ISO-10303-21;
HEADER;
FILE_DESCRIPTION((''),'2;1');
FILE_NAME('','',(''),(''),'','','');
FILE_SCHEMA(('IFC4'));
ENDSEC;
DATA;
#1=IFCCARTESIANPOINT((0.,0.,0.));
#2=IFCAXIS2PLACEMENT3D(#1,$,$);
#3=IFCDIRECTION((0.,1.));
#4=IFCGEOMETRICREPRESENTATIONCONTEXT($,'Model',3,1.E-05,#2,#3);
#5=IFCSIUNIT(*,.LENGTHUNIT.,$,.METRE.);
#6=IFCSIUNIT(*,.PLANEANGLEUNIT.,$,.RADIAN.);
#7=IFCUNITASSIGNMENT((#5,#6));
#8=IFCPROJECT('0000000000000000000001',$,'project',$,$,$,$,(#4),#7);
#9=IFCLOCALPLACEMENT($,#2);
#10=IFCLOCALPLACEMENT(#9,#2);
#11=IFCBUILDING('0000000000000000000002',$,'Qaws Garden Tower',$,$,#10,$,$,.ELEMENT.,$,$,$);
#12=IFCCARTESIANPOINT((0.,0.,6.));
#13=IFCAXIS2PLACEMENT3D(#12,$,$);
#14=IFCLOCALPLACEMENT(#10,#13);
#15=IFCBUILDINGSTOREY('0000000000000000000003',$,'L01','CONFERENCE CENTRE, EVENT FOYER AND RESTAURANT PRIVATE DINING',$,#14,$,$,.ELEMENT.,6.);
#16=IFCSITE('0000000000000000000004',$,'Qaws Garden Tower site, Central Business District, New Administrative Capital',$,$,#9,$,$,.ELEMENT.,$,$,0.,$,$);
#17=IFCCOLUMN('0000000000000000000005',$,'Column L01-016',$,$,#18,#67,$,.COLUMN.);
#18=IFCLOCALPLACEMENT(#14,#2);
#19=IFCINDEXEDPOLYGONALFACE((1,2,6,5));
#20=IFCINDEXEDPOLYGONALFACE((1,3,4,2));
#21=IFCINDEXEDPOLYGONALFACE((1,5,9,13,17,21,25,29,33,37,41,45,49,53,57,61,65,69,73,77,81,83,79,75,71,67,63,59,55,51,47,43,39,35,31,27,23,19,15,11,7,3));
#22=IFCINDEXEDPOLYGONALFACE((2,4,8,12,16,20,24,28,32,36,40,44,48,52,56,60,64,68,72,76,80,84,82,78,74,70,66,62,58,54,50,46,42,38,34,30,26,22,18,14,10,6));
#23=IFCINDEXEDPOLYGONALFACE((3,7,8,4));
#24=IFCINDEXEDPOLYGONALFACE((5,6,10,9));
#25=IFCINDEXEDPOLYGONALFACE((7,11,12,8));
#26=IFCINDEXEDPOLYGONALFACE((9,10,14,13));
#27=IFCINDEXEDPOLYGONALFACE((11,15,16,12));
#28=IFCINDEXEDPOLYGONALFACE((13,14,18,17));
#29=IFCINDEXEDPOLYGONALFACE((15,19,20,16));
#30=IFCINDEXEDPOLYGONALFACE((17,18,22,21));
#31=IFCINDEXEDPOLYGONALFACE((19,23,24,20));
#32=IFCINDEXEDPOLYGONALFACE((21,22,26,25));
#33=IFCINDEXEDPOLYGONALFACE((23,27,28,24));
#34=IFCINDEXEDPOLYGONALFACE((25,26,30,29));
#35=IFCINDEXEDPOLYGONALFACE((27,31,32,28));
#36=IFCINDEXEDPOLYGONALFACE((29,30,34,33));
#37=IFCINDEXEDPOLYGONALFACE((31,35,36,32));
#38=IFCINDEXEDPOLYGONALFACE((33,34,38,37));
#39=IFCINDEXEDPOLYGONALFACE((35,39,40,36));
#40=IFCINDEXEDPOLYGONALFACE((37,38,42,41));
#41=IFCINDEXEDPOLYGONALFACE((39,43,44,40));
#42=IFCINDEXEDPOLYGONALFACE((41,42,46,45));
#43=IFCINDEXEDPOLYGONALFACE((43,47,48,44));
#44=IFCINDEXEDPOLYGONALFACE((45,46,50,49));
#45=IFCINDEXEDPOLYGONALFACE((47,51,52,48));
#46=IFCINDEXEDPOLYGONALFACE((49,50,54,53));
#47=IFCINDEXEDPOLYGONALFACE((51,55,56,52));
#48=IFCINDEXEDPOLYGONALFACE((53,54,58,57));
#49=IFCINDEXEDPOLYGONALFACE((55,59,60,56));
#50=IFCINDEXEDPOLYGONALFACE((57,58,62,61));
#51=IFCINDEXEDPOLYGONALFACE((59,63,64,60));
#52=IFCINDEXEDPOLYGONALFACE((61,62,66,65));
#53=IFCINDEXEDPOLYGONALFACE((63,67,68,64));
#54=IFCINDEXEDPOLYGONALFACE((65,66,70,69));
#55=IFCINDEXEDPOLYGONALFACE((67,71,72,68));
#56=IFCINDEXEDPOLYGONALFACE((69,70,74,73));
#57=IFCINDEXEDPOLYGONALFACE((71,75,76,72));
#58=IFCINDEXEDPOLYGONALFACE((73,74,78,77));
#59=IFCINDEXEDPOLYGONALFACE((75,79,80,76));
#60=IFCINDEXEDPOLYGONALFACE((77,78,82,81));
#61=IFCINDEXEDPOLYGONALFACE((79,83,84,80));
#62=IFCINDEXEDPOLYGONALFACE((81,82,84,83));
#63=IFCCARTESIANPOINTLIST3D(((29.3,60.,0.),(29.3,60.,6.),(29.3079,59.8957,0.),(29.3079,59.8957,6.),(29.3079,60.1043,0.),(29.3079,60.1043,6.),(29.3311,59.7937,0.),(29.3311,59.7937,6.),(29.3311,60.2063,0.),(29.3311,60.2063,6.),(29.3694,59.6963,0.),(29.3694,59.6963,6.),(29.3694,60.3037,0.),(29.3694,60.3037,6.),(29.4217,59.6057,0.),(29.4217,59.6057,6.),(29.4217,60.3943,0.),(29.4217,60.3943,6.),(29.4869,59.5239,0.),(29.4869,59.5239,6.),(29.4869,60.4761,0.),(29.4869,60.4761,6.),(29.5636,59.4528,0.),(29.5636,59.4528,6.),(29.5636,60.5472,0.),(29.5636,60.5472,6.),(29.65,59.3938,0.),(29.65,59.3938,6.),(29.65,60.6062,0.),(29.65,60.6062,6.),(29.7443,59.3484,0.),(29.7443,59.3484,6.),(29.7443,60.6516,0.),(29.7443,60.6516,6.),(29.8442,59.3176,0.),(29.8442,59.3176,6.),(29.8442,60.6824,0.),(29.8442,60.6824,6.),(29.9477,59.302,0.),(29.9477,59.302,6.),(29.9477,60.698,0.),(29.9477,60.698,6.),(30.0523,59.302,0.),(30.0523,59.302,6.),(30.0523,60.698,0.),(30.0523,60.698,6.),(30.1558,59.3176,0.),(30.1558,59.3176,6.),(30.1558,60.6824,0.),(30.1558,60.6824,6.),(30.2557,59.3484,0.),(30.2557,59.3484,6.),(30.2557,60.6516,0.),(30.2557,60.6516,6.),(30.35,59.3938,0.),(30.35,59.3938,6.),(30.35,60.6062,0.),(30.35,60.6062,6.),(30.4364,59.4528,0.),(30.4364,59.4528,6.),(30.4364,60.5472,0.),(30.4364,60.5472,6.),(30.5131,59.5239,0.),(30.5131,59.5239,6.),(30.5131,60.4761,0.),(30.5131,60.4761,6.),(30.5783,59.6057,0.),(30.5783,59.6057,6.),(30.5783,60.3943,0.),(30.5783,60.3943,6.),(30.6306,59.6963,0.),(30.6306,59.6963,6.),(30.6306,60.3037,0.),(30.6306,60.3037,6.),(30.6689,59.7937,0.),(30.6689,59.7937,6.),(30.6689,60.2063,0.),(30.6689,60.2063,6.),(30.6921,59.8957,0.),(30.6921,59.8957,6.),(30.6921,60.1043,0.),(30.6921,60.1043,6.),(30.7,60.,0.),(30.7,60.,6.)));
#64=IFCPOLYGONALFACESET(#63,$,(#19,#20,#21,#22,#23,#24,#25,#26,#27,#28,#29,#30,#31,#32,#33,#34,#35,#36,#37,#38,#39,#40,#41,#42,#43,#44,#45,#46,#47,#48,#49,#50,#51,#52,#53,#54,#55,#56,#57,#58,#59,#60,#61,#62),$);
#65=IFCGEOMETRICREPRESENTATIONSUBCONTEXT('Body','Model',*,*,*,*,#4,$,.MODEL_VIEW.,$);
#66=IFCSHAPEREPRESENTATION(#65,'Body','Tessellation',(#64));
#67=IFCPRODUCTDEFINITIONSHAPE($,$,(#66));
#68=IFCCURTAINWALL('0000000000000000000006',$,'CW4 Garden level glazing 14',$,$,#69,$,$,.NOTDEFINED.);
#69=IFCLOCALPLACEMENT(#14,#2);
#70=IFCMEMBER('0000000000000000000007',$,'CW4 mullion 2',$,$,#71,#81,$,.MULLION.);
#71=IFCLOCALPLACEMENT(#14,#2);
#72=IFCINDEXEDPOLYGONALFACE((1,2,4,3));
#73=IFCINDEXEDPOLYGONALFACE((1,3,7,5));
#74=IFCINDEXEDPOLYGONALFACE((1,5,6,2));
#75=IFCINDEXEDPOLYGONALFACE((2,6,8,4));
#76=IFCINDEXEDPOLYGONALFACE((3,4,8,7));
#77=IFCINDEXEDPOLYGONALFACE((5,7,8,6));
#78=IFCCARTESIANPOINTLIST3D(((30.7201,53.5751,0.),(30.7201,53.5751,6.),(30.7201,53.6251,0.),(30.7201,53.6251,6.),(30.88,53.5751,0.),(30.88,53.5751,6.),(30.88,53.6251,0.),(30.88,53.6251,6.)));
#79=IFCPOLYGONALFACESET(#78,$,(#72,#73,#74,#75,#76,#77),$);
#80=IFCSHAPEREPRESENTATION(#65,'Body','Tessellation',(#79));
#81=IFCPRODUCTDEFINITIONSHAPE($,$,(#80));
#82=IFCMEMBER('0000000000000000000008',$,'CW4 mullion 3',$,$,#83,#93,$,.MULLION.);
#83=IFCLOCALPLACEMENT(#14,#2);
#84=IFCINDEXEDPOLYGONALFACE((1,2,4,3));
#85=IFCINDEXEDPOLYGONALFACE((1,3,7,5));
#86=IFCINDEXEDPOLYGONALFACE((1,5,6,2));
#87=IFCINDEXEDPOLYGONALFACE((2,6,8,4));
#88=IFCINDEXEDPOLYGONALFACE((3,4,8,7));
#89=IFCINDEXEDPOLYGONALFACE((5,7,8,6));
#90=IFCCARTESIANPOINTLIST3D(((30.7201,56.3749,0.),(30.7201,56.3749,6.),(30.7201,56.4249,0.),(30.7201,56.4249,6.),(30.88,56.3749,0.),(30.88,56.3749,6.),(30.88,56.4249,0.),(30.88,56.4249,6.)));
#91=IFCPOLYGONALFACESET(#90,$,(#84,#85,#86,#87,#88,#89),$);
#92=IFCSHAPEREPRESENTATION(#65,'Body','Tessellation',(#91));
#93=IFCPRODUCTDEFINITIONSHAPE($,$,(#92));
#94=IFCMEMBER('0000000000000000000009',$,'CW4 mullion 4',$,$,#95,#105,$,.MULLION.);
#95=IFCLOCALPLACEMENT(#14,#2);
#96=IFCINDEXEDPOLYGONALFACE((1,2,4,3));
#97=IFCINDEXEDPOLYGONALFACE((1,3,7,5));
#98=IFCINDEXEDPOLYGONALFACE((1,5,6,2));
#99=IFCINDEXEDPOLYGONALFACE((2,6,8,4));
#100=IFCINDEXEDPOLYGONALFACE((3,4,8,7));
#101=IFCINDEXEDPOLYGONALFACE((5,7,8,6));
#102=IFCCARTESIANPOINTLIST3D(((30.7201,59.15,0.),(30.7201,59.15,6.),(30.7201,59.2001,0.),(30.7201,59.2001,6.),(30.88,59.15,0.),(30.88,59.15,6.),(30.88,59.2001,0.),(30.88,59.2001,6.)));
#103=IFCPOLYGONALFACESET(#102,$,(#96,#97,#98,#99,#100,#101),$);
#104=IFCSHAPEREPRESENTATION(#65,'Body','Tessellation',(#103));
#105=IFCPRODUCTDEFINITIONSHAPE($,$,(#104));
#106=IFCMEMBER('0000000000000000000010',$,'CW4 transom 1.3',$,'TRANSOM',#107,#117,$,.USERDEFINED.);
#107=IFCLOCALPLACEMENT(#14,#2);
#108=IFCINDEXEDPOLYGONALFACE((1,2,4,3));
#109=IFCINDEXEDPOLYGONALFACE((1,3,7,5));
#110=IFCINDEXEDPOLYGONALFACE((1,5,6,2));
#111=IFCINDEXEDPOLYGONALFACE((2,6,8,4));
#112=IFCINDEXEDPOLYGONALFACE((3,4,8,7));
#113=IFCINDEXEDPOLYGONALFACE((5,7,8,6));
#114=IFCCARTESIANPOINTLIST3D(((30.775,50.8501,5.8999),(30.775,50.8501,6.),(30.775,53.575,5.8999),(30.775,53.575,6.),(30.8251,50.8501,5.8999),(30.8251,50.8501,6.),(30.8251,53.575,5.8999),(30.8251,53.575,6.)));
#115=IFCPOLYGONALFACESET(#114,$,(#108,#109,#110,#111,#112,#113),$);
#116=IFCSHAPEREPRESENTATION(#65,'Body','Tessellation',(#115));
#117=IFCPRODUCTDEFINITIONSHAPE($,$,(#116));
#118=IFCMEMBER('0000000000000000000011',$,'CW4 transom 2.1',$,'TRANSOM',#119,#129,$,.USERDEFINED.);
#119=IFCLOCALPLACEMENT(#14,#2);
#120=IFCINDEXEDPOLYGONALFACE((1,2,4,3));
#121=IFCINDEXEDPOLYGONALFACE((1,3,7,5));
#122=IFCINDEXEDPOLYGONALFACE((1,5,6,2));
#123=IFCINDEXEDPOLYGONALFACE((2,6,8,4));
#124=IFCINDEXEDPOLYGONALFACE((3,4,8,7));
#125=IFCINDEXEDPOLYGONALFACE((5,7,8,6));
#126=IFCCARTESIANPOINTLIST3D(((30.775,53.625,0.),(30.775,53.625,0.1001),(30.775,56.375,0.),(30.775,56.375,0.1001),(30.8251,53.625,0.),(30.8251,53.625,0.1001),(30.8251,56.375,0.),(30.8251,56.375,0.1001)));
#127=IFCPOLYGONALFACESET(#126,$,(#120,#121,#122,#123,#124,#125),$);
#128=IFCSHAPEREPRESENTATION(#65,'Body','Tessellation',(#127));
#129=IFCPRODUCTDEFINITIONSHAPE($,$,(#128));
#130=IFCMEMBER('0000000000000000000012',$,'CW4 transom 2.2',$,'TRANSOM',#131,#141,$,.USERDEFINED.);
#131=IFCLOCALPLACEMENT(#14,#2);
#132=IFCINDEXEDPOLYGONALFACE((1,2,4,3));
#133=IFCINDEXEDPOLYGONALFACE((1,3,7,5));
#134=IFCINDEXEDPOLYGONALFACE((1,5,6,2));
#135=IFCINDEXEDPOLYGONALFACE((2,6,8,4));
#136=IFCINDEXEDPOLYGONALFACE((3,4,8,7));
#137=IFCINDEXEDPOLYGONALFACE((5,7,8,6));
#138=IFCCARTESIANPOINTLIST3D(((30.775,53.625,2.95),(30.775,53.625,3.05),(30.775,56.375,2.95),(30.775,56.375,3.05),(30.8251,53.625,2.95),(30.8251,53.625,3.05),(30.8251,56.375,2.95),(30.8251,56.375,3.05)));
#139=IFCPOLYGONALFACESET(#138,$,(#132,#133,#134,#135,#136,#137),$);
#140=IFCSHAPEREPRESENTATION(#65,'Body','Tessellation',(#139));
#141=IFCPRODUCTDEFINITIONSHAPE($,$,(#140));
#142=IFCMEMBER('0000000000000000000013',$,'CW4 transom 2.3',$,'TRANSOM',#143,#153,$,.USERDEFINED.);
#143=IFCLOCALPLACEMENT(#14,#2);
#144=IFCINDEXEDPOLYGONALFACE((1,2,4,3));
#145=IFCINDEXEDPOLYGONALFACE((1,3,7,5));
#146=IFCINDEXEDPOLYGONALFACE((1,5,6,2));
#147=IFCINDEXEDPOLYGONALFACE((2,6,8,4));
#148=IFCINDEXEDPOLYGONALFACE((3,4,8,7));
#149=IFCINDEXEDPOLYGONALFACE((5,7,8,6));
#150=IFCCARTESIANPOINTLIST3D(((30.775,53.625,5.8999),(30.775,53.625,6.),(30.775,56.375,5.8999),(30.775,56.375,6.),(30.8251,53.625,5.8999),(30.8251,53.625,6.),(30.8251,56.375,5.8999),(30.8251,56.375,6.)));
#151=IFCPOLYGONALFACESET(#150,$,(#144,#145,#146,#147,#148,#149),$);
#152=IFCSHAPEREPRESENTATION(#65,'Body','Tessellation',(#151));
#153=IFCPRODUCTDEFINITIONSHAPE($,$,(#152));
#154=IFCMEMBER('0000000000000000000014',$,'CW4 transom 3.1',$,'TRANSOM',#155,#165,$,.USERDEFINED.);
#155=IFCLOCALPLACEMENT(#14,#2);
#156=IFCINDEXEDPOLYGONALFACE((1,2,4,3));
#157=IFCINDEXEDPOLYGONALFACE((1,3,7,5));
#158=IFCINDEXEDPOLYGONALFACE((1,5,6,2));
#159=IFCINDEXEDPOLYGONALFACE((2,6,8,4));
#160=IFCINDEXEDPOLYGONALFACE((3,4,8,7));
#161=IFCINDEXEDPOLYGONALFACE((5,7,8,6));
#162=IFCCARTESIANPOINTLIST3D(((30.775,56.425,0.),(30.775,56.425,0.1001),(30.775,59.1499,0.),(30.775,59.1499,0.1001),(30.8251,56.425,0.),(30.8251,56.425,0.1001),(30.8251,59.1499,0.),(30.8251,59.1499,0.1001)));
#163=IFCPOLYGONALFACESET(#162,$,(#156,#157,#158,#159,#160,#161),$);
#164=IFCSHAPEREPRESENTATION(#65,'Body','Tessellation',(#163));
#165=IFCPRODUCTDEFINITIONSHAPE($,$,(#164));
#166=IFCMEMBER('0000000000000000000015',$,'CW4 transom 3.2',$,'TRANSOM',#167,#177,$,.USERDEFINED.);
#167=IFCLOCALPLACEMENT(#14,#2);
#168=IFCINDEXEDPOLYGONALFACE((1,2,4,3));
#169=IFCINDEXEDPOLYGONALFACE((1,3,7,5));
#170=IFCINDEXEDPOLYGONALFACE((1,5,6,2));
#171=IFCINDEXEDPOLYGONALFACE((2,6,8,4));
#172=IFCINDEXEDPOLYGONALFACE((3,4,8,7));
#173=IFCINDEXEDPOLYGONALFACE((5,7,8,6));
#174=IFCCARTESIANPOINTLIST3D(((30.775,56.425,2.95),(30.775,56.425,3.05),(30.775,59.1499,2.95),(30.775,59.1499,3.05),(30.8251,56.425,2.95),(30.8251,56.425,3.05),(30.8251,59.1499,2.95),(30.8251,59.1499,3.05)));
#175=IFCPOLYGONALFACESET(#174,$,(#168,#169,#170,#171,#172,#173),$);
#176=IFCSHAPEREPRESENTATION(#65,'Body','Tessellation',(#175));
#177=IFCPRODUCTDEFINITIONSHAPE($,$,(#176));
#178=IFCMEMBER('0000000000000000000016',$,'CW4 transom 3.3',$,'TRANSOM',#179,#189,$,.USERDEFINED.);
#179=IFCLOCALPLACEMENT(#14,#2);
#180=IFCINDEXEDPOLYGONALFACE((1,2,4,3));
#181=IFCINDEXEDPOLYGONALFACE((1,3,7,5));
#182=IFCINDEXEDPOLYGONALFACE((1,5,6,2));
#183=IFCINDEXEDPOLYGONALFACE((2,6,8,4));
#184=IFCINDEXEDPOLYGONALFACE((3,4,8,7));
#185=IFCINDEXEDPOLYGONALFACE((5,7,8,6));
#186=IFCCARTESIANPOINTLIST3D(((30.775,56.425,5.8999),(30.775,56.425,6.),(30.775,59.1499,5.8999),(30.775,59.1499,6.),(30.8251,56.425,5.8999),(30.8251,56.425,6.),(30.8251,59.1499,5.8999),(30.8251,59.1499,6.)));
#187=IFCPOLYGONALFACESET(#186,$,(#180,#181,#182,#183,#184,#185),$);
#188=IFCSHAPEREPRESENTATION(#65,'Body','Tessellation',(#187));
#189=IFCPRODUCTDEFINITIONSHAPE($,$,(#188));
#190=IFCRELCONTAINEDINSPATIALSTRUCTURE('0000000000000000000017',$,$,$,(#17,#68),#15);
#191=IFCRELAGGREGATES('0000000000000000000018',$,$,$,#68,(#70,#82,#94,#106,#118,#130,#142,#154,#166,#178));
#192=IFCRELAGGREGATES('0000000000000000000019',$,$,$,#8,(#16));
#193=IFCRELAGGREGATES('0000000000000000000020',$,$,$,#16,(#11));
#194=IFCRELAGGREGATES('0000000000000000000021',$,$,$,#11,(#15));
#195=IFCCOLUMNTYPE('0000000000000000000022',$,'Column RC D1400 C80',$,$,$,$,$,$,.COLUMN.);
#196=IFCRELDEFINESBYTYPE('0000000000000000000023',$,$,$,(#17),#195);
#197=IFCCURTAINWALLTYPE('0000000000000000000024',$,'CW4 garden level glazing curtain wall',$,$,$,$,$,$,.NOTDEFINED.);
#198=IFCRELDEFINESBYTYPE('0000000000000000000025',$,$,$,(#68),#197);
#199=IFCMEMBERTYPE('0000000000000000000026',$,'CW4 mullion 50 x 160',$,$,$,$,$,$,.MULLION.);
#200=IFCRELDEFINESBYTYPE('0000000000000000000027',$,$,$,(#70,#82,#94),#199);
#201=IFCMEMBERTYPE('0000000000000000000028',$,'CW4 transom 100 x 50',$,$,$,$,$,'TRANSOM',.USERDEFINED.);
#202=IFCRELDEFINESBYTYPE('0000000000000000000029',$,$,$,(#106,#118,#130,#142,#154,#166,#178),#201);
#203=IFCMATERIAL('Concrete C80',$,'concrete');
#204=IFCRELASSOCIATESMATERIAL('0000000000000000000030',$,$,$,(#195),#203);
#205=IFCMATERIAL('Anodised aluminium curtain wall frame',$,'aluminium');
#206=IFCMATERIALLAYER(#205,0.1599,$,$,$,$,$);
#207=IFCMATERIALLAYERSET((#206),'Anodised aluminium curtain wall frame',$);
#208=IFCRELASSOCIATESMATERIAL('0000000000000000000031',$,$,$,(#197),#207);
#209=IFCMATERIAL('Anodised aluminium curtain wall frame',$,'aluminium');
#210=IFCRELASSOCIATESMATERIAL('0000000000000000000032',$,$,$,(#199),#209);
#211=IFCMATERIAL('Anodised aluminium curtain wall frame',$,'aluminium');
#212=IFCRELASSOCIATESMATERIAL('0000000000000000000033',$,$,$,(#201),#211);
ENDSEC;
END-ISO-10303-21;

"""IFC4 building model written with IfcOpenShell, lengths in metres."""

from ifc_helpers import new_model, si_unit, direction, frame, origin, origin_2d, place, context, subcontext, project, spatial, rectangle, circle, extrude, material, layer, layer_set, material_profile, profile_set, type_object, element, aggregate, save


model = new_model("IFC4")

# Units and contexts
model_context = context("Model", 3, precision=1e-05, world=origin(), true_north=direction((0.0, 1.0)))
body_context = subcontext(model_context, "Body", "Model", "MODEL_VIEW")
ifc_project = project(units=[si_unit("LENGTHUNIT", "METRE"), si_unit("PLANEANGLEUNIT", "RADIAN")], contexts=[model_context])

# Site, building, storey
site_placement = place(None, origin())
site = spatial("IfcSite", under=ifc_project, at=site_placement, Name="Qaws Garden Tower site, Central Business District, New Administrative Capital", CompositionType="ELEMENT", RefElevation=0.0)
building_placement = place(site_placement, origin())
building = spatial("IfcBuilding", under=site, at=building_placement, Name="Qaws Garden Tower", CompositionType="ELEMENT")
storey_placement = place(building_placement, frame((0.0, 0.0, 6.0)))
storey = spatial("IfcBuildingStorey", under=building, at=storey_placement, Name="L01", Description="CONFERENCE CENTRE, EVENT FOYER AND RESTAURANT PRIVATE DINING", CompositionType="ELEMENT", Elevation=6.0)

# Column
ifc_material_1 = material(Name="Concrete C80", Category="concrete")
ifc_material_profile_1 = material_profile(ifc_material_1, circle(Radius=0.7, at=origin_2d()), Name="RC D1400")
ifc_profile_set_1 = profile_set([ifc_material_profile_1], Name="Concrete C80")
column_type = type_object("IfcColumnType", Name="Column RC D1400 C80", PredefinedType="COLUMN", material=ifc_profile_set_1)
column_placement = place(storey_placement, frame((30.0, 60.0, 0.0), z_axis=(0.0, 0.0, 1.0), x_axis=(1.0, 0.0, 0.0)))
element("IfcColumn", 1, at=column_placement, inside=storey, type_object=column_type, Name="Column L01-016", PredefinedType="COLUMN", context=body_context, shape_type="SweptSolid", body=[
    extrude(circle(Radius=0.7, at=origin_2d()), origin(), (0.0, 0.0, 1.0), 6.0),
])

# Curtain wall, members
ifc_material_2 = material(Name="Anodised aluminium curtain wall frame", Category="aluminium")
ifc_layer_1 = layer(ifc_material_2, 0.1599)
ifc_layer_set_1 = layer_set([ifc_layer_1], Name="Anodised aluminium curtain wall frame")
curtain_wall_type = type_object("IfcCurtainWallType", Name="CW4 garden level glazing curtain wall", PredefinedType="NOTDEFINED", material=ifc_layer_set_1)
curtain_wall_placement = place(storey_placement, origin())
curtain_wall = element("IfcCurtainWall", 2, at=curtain_wall_placement, inside=storey, type_object=curtain_wall_type, Name="CW4 Garden level glazing 14", PredefinedType="NOTDEFINED")
ifc_material_3 = material(Name="Anodised aluminium curtain wall frame", Category="aluminium")
ifc_material_profile_2 = material_profile(ifc_material_3, rectangle(XDim=0.1599, YDim=0.05, at=origin_2d()), Name="AL 50x160")
ifc_profile_set_2 = profile_set([ifc_material_profile_2], Name="Anodised aluminium curtain wall frame")
member_type_1 = type_object("IfcMemberType", Name="CW4 mullion 50 x 160", PredefinedType="MULLION", material=ifc_profile_set_2)
member_1_placement = place(storey_placement, frame((30.8, 53.6001, 0.0), z_axis=(0.0, 0.0, 1.0), x_axis=(-1.0, 0.0, 0.0)))
member_1 = element("IfcMember", 3, at=member_1_placement, type_object=member_type_1, Name="CW4 mullion 2", PredefinedType="MULLION", context=body_context, shape_type="SweptSolid", body=[
    extrude(rectangle(XDim=0.1599, YDim=0.05, at=origin_2d()), origin(), (0.0, 0.0, 1.0), 6.0),
])
member_2_placement = place(storey_placement, frame((30.8, 56.3999, 0.0), z_axis=(0.0, 0.0, 1.0), x_axis=(-1.0, 0.0, 0.0)))
member_2 = element("IfcMember", 4, at=member_2_placement, type_object=member_type_1, Name="CW4 mullion 3", PredefinedType="MULLION", context=body_context, shape_type="SweptSolid", body=[
    extrude(rectangle(XDim=0.1599, YDim=0.05, at=origin_2d()), origin(), (0.0, 0.0, 1.0), 6.0),
])
member_3_placement = place(storey_placement, frame((30.8, 59.175, 0.0), z_axis=(0.0, 0.0, 1.0), x_axis=(-1.0, 0.0, 0.0)))
member_3 = element("IfcMember", 5, at=member_3_placement, type_object=member_type_1, Name="CW4 mullion 4", PredefinedType="MULLION", context=body_context, shape_type="SweptSolid", body=[
    extrude(rectangle(XDim=0.1599, YDim=0.05, at=origin_2d()), origin(), (0.0, 0.0, 1.0), 6.0),
])
ifc_material_4 = material(Name="Anodised aluminium curtain wall frame", Category="aluminium")
ifc_material_profile_3 = material_profile(ifc_material_4, rectangle(XDim=0.05, YDim=0.1001, at=origin_2d()), Name="AL 50x100")
ifc_profile_set_3 = profile_set([ifc_material_profile_3], Name="Anodised aluminium curtain wall frame")
member_type_2 = type_object("IfcMemberType", Name="CW4 transom 100 x 50", ElementType="TRANSOM", PredefinedType="USERDEFINED", material=ifc_profile_set_3)
member_4_placement = place(storey_placement, frame((30.8, 50.8501, 5.95), z_axis=(0.0, 1.0, 0.0), x_axis=(-1.0, 0.0, 0.0)))
member_4 = element("IfcMember", 6, at=member_4_placement, type_object=member_type_2, Name="CW4 transom 1.3", ObjectType="TRANSOM", PredefinedType="USERDEFINED", context=body_context, shape_type="SweptSolid", body=[
    extrude(rectangle(XDim=0.05, YDim=0.1001, at=origin_2d()), origin(), (0.0, 0.0, 1.0), 2.7249),
])
member_5_placement = place(storey_placement, frame((30.8, 53.625, 0.05), z_axis=(0.0, 1.0, 0.0), x_axis=(-1.0, 0.0, 0.0)))
member_5 = element("IfcMember", 7, at=member_5_placement, type_object=member_type_2, Name="CW4 transom 2.1", ObjectType="TRANSOM", PredefinedType="USERDEFINED", context=body_context, shape_type="SweptSolid", body=[
    extrude(rectangle(XDim=0.05, YDim=0.1001, at=origin_2d()), origin(), (0.0, 0.0, 1.0), 2.75),
])
member_6_placement = place(storey_placement, frame((30.8, 53.625, 3.0), z_axis=(0.0, 1.0, 0.0), x_axis=(-1.0, 0.0, 0.0)))
member_6 = element("IfcMember", 8, at=member_6_placement, type_object=member_type_2, Name="CW4 transom 2.2", ObjectType="TRANSOM", PredefinedType="USERDEFINED", context=body_context, shape_type="SweptSolid", body=[
    extrude(rectangle(XDim=0.05, YDim=0.1001, at=origin_2d()), origin(), (0.0, 0.0, 1.0), 2.75),
])
member_7_placement = place(storey_placement, frame((30.8, 53.625, 5.95), z_axis=(0.0, 1.0, 0.0), x_axis=(-1.0, 0.0, 0.0)))
member_7 = element("IfcMember", 9, at=member_7_placement, type_object=member_type_2, Name="CW4 transom 2.3", ObjectType="TRANSOM", PredefinedType="USERDEFINED", context=body_context, shape_type="SweptSolid", body=[
    extrude(rectangle(XDim=0.05, YDim=0.1001, at=origin_2d()), origin(), (0.0, 0.0, 1.0), 2.75),
])
member_8_placement = place(storey_placement, frame((30.8, 56.425, 0.05), z_axis=(0.0, 1.0, 0.0), x_axis=(-1.0, 0.0, 0.0)))
member_8 = element("IfcMember", 10, at=member_8_placement, type_object=member_type_2, Name="CW4 transom 3.1", ObjectType="TRANSOM", PredefinedType="USERDEFINED", context=body_context, shape_type="SweptSolid", body=[
    extrude(rectangle(XDim=0.05, YDim=0.1001, at=origin_2d()), origin(), (0.0, 0.0, 1.0), 2.7249),
])
member_9_placement = place(storey_placement, frame((30.8, 56.425, 3.0), z_axis=(0.0, 1.0, 0.0), x_axis=(-1.0, 0.0, 0.0)))
member_9 = element("IfcMember", 11, at=member_9_placement, type_object=member_type_2, Name="CW4 transom 3.2", ObjectType="TRANSOM", PredefinedType="USERDEFINED", context=body_context, shape_type="SweptSolid", body=[
    extrude(rectangle(XDim=0.05, YDim=0.1001, at=origin_2d()), origin(), (0.0, 0.0, 1.0), 2.7249),
])
member_10_placement = place(storey_placement, frame((30.8, 56.425, 5.95), z_axis=(0.0, 1.0, 0.0), x_axis=(-1.0, 0.0, 0.0)))
member_10 = element("IfcMember", 12, at=member_10_placement, type_object=member_type_2, Name="CW4 transom 3.3", ObjectType="TRANSOM", PredefinedType="USERDEFINED", context=body_context, shape_type="SweptSolid", body=[
    extrude(rectangle(XDim=0.05, YDim=0.1001, at=origin_2d()), origin(), (0.0, 0.0, 1.0), 2.7249),
])

aggregate(curtain_wall, [member_1, member_2, member_3, member_4, member_5, member_6, member_7, member_8, member_9, member_10])

save(model, "model.ifc")
